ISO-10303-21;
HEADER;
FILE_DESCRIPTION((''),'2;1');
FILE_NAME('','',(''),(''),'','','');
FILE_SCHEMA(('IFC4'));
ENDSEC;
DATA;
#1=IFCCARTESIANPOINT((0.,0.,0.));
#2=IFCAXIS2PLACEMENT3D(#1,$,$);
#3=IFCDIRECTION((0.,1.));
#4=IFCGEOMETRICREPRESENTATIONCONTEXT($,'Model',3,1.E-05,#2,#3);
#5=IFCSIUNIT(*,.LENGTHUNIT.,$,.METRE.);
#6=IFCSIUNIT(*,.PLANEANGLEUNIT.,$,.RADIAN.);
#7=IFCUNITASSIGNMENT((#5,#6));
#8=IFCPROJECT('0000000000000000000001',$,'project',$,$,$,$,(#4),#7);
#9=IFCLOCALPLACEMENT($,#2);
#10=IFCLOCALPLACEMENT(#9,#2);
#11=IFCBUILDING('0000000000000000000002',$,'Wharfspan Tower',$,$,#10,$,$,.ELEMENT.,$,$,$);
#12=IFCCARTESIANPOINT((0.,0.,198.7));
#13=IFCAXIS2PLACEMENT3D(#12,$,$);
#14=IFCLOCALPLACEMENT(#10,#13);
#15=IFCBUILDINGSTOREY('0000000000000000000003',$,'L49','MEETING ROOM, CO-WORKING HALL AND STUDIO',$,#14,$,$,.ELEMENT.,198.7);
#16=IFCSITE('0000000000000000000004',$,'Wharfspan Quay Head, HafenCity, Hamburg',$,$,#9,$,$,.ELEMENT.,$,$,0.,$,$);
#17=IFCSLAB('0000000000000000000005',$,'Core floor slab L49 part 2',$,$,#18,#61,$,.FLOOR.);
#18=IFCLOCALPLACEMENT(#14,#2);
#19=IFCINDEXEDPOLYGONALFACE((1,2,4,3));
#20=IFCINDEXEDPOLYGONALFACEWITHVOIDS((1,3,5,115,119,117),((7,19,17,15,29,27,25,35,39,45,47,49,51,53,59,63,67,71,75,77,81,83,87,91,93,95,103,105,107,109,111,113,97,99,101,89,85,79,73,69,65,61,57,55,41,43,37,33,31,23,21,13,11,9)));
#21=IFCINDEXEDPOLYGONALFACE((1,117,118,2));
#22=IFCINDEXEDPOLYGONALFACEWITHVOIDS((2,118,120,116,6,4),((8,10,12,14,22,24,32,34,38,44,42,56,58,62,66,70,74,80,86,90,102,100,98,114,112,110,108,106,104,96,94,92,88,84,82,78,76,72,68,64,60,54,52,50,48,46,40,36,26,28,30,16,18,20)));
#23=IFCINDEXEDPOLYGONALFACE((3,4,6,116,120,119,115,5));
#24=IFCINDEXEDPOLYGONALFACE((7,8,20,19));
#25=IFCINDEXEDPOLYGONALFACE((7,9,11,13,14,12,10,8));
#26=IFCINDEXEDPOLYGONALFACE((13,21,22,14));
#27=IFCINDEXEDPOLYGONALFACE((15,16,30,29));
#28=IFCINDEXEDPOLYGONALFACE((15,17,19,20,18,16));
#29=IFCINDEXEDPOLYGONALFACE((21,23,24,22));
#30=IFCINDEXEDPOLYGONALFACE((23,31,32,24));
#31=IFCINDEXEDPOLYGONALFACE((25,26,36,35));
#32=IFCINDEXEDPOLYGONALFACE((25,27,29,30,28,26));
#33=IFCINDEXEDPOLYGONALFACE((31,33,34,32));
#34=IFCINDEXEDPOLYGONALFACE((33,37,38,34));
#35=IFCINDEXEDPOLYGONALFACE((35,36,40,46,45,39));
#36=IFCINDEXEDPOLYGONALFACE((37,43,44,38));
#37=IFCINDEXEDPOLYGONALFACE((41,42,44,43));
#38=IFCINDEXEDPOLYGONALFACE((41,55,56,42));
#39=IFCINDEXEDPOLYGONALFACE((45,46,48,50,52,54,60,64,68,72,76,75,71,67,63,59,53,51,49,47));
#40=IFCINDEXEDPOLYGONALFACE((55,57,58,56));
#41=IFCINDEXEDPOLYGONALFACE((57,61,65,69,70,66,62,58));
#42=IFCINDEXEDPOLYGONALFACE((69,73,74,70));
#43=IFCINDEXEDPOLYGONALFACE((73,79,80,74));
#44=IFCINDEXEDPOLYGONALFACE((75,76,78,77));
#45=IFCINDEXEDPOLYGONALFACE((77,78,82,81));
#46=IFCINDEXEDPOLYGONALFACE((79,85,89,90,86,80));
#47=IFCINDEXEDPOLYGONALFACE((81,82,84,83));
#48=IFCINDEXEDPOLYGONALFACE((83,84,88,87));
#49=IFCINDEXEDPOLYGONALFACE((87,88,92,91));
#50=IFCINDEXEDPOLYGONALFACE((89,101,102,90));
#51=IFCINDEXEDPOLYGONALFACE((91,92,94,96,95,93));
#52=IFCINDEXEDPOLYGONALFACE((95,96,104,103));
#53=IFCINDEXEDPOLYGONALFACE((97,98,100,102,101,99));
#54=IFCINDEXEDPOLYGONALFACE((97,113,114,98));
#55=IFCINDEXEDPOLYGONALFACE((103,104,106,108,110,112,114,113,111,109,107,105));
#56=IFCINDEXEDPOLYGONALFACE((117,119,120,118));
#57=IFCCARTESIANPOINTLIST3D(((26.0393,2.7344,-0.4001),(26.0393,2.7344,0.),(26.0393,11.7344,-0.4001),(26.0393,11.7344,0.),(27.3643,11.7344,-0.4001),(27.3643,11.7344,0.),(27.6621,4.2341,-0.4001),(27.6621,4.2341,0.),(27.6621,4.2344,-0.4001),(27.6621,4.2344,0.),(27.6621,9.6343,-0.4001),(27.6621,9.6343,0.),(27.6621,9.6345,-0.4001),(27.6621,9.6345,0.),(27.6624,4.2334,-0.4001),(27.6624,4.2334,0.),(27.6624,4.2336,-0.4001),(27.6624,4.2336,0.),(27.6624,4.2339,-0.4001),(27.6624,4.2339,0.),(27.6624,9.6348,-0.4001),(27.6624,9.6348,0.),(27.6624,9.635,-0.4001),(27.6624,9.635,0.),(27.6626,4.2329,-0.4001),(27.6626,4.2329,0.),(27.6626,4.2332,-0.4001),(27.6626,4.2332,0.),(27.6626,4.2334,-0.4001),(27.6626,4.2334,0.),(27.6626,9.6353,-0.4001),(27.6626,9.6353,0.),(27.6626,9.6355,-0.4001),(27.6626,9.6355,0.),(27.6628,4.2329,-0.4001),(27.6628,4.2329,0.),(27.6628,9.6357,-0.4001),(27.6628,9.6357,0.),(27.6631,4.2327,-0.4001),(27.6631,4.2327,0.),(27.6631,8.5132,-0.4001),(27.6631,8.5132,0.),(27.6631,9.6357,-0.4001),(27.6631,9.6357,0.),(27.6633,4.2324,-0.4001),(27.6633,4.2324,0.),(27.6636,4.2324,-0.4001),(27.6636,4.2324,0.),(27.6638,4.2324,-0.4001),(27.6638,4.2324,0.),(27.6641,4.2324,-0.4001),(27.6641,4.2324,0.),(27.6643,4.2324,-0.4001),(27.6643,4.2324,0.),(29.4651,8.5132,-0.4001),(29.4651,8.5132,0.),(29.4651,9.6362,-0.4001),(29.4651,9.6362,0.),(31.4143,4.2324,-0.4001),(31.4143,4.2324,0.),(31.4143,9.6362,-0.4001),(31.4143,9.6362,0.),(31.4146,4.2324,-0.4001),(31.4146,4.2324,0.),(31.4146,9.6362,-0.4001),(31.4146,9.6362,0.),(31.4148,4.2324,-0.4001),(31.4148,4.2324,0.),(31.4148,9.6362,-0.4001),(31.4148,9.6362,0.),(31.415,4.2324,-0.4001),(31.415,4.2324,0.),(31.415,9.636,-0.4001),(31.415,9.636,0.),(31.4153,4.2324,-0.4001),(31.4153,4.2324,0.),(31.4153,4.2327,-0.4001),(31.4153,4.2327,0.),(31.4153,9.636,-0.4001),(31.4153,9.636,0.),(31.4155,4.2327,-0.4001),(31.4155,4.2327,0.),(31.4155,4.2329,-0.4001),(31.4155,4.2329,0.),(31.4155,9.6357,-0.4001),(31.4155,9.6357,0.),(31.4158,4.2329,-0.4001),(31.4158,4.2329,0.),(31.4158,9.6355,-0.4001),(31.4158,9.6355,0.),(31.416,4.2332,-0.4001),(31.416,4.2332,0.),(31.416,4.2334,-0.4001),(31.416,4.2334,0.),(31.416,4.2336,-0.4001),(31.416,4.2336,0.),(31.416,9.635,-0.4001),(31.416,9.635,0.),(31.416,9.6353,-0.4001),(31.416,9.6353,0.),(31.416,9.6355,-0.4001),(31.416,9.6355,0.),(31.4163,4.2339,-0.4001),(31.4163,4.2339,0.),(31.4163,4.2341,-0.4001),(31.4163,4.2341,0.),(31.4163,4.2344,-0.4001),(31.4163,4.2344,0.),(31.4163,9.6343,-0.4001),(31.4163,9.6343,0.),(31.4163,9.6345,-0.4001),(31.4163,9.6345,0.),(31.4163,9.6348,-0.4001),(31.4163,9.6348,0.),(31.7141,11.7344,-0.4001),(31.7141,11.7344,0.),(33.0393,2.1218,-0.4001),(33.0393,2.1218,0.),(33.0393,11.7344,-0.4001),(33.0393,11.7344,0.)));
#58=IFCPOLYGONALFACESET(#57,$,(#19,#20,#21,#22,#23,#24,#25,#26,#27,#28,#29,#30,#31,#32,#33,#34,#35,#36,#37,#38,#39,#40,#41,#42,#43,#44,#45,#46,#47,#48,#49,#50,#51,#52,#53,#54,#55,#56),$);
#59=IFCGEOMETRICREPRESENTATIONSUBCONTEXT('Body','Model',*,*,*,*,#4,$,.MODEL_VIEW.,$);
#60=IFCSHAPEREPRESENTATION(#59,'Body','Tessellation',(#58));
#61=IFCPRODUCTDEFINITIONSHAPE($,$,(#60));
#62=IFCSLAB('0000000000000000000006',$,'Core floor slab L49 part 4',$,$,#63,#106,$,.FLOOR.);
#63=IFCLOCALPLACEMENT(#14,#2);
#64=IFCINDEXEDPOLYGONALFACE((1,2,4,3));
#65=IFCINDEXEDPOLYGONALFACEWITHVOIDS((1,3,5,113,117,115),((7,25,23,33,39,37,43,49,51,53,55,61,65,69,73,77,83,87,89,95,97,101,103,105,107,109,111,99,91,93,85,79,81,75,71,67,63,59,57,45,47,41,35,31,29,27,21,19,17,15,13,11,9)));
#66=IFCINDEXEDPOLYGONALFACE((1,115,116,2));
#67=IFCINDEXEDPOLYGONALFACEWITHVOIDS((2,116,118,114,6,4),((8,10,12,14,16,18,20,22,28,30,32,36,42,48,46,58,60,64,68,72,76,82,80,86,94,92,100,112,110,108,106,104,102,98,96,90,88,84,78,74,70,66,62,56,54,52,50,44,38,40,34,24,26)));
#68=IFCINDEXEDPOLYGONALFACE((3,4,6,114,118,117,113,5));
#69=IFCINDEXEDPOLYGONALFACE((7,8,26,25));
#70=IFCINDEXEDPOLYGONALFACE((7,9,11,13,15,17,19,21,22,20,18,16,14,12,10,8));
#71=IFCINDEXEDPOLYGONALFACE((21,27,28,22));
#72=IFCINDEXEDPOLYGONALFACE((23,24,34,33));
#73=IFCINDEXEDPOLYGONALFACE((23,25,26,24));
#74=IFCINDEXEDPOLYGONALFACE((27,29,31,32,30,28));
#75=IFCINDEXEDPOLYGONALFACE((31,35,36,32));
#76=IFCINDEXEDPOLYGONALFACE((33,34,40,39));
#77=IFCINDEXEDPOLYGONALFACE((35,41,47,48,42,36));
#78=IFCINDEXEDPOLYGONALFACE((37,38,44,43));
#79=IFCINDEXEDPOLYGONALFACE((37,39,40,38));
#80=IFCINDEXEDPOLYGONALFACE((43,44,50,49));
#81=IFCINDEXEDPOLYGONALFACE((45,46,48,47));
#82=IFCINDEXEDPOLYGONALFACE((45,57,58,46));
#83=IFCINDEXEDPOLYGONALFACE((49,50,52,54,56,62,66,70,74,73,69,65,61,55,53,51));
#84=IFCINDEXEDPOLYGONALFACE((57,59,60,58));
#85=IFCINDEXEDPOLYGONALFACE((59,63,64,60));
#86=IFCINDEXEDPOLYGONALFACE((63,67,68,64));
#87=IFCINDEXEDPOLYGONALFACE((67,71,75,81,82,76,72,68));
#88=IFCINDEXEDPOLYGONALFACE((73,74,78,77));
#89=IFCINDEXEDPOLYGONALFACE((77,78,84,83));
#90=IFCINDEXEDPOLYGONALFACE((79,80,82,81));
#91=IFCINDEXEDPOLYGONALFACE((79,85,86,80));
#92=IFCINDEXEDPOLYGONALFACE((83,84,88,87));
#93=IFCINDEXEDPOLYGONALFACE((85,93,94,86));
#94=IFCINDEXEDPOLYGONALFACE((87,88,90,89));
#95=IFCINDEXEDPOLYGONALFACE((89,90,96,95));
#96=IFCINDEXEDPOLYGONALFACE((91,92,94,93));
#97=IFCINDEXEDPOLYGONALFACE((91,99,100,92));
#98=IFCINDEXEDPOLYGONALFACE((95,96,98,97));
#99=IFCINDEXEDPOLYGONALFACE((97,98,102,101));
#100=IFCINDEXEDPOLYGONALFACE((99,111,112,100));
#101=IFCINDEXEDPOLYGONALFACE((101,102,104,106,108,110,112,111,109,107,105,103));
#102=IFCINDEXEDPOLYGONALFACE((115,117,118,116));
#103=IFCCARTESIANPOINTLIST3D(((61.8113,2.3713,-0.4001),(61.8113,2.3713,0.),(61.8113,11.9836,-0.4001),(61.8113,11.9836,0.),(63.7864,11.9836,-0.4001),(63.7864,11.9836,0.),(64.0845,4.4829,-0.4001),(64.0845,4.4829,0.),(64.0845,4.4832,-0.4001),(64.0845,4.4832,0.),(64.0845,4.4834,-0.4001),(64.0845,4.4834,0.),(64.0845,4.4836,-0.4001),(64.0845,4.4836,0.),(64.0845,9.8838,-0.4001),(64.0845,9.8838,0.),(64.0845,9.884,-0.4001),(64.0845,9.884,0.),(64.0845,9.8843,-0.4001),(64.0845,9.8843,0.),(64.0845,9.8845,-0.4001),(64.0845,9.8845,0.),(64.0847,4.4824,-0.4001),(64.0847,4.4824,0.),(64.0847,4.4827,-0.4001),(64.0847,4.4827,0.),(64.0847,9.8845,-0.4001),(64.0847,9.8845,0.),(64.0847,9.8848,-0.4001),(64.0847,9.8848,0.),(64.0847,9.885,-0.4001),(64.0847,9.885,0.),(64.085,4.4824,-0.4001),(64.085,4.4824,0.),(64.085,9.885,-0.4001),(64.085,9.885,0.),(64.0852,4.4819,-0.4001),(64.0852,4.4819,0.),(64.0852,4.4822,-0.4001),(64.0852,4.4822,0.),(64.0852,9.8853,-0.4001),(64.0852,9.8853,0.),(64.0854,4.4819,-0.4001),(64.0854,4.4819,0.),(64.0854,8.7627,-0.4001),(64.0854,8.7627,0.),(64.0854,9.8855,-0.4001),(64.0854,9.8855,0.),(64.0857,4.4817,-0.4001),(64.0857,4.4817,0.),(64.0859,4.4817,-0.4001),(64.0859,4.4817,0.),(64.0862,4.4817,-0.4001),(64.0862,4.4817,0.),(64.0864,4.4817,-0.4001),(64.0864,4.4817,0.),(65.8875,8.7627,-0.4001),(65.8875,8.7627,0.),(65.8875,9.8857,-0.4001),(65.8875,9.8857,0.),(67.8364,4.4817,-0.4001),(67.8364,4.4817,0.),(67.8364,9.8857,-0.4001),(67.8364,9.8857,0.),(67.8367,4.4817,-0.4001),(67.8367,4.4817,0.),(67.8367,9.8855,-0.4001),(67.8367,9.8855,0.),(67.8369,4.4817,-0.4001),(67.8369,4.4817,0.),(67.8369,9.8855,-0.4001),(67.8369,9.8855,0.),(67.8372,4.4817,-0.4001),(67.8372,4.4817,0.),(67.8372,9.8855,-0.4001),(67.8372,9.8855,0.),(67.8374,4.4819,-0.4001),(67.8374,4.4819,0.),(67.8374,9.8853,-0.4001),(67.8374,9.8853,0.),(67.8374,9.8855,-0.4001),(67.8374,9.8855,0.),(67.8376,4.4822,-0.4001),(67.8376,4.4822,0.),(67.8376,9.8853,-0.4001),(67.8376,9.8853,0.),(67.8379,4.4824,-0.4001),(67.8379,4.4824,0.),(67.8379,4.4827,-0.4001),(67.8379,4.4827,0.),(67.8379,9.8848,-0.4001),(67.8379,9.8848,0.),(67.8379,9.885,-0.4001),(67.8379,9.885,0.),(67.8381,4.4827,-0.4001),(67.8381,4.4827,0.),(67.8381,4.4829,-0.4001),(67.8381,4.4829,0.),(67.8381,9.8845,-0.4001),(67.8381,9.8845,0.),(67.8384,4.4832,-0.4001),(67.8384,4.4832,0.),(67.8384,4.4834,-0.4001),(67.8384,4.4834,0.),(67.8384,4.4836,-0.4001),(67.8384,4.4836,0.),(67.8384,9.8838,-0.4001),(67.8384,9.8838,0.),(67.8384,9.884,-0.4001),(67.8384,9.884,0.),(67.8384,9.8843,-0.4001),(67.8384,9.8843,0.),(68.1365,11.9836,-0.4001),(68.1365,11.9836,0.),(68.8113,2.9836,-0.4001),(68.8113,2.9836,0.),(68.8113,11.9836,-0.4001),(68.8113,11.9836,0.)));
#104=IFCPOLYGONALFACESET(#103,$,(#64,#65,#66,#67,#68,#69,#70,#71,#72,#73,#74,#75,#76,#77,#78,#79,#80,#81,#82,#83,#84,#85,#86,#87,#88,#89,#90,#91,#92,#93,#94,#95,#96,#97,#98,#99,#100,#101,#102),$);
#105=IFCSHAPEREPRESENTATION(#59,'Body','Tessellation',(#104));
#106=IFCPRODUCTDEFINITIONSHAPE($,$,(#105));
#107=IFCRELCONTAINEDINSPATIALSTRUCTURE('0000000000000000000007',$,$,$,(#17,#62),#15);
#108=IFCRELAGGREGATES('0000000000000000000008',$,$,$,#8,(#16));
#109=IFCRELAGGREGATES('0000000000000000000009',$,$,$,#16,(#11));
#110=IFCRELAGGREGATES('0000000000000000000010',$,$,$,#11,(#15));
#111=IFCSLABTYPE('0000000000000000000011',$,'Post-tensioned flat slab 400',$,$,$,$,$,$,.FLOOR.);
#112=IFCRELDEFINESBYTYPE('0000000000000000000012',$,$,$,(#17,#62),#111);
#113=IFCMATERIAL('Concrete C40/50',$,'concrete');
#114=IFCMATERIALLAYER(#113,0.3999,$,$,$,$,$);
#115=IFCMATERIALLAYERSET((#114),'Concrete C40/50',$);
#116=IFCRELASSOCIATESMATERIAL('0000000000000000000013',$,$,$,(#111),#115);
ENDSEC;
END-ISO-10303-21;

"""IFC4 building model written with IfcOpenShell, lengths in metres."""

from ifc_helpers import new_model, si_unit, direction, frame, origin, place, context, subcontext, project, spatial, polyline, outline, extrude, material, layer, layer_set, type_object, element, save


model = new_model("IFC4")

# Units and contexts
model_context = context("Model", 3, precision=1e-05, world=origin(), true_north=direction((0.0, 1.0)))
body_context = subcontext(model_context, "Body", "Model", "MODEL_VIEW")
ifc_project = project(units=[si_unit("LENGTHUNIT", "METRE"), si_unit("PLANEANGLEUNIT", "RADIAN")], contexts=[model_context])

# Site, building, storey
site_placement = place(None, origin())
site = spatial("IfcSite", under=ifc_project, at=site_placement, Name="Wharfspan Quay Head, HafenCity, Hamburg", CompositionType="ELEMENT", RefElevation=0.0)
building_placement = place(site_placement, origin())
building = spatial("IfcBuilding", under=site, at=building_placement, Name="Wharfspan Tower", CompositionType="ELEMENT")
storey_placement = place(building_placement, frame((0.0, 0.0, 198.7)))
storey = spatial("IfcBuildingStorey", under=building, at=storey_placement, Name="L49", Description="MEETING ROOM, CO-WORKING HALL AND STUDIO", CompositionType="ELEMENT", Elevation=198.7)

# Slabs
ifc_material_1 = material(Name="Concrete C40/50", Category="concrete")
ifc_layer_1 = layer(ifc_material_1, 0.3999)
ifc_layer_set_1 = layer_set([ifc_layer_1], Name="Concrete C40/50")
slab_type_1 = type_object("IfcSlabType", Name="Post-tensioned flat slab 400", PredefinedType="FLOOR", material=ifc_layer_set_1)
slab_1_placement = place(storey_placement, frame((0.0, 0.0, -0.4001)))
element("IfcSlab", 1, at=slab_1_placement, inside=storey, type_object=slab_type_1, Name="Core floor slab L49 part 2", PredefinedType="FLOOR", context=body_context, shape_type="SweptSolid", body=[
    extrude(outline(polyline([(31.7141, 11.7344), (27.3643, 11.7344), (26.0393, 11.7344), (26.0393, 2.7344), (33.0393, 2.1218), (33.0393, 11.7344), (31.7141, 11.7344)]), holes=[polyline([(27.6621, 9.6345), (27.6624, 9.6348), (27.6624, 9.635), (27.6624, 9.635), (27.6626, 9.6353), (27.6626, 9.6355), (27.6626, 9.6355), (27.6628, 9.6357), (27.6631, 9.6357), (27.6631, 9.636), (27.6631, 9.636), (27.6631, 8.5132), (29.4651, 8.5132), (29.4651, 9.6362), (31.4143, 9.6362), (31.4143, 9.6362), (31.4146, 9.6362), (31.4148, 9.6362), (31.415, 9.636), (31.4153, 9.636), (31.4153, 9.636), (31.4155, 9.6357), (31.4155, 9.6357), (31.4158, 9.6355), (31.416, 9.6355), (31.416, 9.6353), (31.416, 9.635), (31.416, 9.635), (31.4163, 9.6348), (31.4163, 9.6345), (31.4163, 9.6343), (31.4163, 4.2344), (31.4163, 4.2341), (31.4163, 4.2339), (31.416, 4.2336), (31.416, 4.2334), (31.416, 4.2334), (31.416, 4.2332), (31.4158, 4.2329), (31.4155, 4.2329), (31.4155, 4.2327), (31.4153, 4.2327), (31.4153, 4.2324), (31.415, 4.2324), (31.4148, 4.2324), (31.4146, 4.2324), (31.4143, 4.2324), (31.4143, 4.2324), (27.6643, 4.2324), (27.6641, 4.2324), (27.6638, 4.2324), (27.6636, 4.2324), (27.6636, 4.2324), (27.6633, 4.2324), (27.6631, 4.2327), (27.6631, 4.2327), (27.6628, 4.2329), (27.6626, 4.2329), (27.6626, 4.2332), (27.6626, 4.2334), (27.6624, 4.2334), (27.6624, 4.2336), (27.6624, 4.2339), (27.6621, 4.2341), (27.6621, 4.2344), (27.6621, 9.6343), (27.6621, 9.6345)])]), origin(), (0.0, 0.0, 1.0), 0.4001),
])
slab_2_placement = place(storey_placement, frame((0.0, 0.0, -0.4001)))
element("IfcSlab", 2, at=slab_2_placement, inside=storey, type_object=slab_type_1, Name="Core floor slab L49 part 4", PredefinedType="FLOOR", context=body_context, shape_type="SweptSolid", body=[
    extrude(outline(polyline([(68.8113, 11.9836), (68.1365, 11.9836), (63.7864, 11.9836), (61.8113, 11.9836), (61.8113, 2.3713), (68.8113, 2.9836), (68.8113, 11.9836)]), holes=[polyline([(64.0845, 9.8838), (64.0845, 9.884), (64.0845, 9.8843), (64.0845, 9.8845), (64.0847, 9.8845), (64.0847, 9.8848), (64.0847, 9.885), (64.085, 9.885), (64.0852, 9.8853), (64.0852, 9.8853), (64.0854, 9.8855), (64.0854, 8.7627), (65.8875, 8.7627), (65.8875, 9.8857), (67.8364, 9.8857), (67.8364, 9.8857), (67.8367, 9.8855), (67.8369, 9.8855), (67.8372, 9.8855), (67.8374, 9.8855), (67.8374, 9.8853), (67.8376, 9.8853), (67.8379, 9.885), (67.8379, 9.885), (67.8379, 9.8848), (67.8381, 9.8845), (67.8381, 9.8845), (67.8384, 9.8843), (67.8384, 9.884), (67.8384, 9.8838), (67.8384, 9.8838), (67.8384, 4.4836), (67.8384, 4.4834), (67.8384, 4.4834), (67.8384, 4.4832), (67.8381, 4.4829), (67.8381, 4.4827), (67.8379, 4.4827), (67.8379, 4.4824), (67.8379, 4.4824), (67.8376, 4.4822), (67.8374, 4.4819), (67.8374, 4.4819), (67.8372, 4.4817), (67.8369, 4.4817), (67.8367, 4.4817), (67.8364, 4.4817), (67.8364, 4.4817), (64.0864, 4.4817), (64.0862, 4.4817), (64.0859, 4.4817), (64.0857, 4.4817), (64.0857, 4.4817), (64.0854, 4.4819), (64.0852, 4.4819), (64.0852, 4.4822), (64.085, 4.4824), (64.0847, 4.4824), (64.0847, 4.4827), (64.0847, 4.4827), (64.0845, 4.4829), (64.0845, 4.4832), (64.0845, 4.4834), (64.0845, 4.4834), (64.0845, 4.4836), (64.0845, 9.8838), (64.0845, 9.8838)])]), origin(), (0.0, 0.0, 1.0), 0.4001),
])

save(model, "model.ifc")
